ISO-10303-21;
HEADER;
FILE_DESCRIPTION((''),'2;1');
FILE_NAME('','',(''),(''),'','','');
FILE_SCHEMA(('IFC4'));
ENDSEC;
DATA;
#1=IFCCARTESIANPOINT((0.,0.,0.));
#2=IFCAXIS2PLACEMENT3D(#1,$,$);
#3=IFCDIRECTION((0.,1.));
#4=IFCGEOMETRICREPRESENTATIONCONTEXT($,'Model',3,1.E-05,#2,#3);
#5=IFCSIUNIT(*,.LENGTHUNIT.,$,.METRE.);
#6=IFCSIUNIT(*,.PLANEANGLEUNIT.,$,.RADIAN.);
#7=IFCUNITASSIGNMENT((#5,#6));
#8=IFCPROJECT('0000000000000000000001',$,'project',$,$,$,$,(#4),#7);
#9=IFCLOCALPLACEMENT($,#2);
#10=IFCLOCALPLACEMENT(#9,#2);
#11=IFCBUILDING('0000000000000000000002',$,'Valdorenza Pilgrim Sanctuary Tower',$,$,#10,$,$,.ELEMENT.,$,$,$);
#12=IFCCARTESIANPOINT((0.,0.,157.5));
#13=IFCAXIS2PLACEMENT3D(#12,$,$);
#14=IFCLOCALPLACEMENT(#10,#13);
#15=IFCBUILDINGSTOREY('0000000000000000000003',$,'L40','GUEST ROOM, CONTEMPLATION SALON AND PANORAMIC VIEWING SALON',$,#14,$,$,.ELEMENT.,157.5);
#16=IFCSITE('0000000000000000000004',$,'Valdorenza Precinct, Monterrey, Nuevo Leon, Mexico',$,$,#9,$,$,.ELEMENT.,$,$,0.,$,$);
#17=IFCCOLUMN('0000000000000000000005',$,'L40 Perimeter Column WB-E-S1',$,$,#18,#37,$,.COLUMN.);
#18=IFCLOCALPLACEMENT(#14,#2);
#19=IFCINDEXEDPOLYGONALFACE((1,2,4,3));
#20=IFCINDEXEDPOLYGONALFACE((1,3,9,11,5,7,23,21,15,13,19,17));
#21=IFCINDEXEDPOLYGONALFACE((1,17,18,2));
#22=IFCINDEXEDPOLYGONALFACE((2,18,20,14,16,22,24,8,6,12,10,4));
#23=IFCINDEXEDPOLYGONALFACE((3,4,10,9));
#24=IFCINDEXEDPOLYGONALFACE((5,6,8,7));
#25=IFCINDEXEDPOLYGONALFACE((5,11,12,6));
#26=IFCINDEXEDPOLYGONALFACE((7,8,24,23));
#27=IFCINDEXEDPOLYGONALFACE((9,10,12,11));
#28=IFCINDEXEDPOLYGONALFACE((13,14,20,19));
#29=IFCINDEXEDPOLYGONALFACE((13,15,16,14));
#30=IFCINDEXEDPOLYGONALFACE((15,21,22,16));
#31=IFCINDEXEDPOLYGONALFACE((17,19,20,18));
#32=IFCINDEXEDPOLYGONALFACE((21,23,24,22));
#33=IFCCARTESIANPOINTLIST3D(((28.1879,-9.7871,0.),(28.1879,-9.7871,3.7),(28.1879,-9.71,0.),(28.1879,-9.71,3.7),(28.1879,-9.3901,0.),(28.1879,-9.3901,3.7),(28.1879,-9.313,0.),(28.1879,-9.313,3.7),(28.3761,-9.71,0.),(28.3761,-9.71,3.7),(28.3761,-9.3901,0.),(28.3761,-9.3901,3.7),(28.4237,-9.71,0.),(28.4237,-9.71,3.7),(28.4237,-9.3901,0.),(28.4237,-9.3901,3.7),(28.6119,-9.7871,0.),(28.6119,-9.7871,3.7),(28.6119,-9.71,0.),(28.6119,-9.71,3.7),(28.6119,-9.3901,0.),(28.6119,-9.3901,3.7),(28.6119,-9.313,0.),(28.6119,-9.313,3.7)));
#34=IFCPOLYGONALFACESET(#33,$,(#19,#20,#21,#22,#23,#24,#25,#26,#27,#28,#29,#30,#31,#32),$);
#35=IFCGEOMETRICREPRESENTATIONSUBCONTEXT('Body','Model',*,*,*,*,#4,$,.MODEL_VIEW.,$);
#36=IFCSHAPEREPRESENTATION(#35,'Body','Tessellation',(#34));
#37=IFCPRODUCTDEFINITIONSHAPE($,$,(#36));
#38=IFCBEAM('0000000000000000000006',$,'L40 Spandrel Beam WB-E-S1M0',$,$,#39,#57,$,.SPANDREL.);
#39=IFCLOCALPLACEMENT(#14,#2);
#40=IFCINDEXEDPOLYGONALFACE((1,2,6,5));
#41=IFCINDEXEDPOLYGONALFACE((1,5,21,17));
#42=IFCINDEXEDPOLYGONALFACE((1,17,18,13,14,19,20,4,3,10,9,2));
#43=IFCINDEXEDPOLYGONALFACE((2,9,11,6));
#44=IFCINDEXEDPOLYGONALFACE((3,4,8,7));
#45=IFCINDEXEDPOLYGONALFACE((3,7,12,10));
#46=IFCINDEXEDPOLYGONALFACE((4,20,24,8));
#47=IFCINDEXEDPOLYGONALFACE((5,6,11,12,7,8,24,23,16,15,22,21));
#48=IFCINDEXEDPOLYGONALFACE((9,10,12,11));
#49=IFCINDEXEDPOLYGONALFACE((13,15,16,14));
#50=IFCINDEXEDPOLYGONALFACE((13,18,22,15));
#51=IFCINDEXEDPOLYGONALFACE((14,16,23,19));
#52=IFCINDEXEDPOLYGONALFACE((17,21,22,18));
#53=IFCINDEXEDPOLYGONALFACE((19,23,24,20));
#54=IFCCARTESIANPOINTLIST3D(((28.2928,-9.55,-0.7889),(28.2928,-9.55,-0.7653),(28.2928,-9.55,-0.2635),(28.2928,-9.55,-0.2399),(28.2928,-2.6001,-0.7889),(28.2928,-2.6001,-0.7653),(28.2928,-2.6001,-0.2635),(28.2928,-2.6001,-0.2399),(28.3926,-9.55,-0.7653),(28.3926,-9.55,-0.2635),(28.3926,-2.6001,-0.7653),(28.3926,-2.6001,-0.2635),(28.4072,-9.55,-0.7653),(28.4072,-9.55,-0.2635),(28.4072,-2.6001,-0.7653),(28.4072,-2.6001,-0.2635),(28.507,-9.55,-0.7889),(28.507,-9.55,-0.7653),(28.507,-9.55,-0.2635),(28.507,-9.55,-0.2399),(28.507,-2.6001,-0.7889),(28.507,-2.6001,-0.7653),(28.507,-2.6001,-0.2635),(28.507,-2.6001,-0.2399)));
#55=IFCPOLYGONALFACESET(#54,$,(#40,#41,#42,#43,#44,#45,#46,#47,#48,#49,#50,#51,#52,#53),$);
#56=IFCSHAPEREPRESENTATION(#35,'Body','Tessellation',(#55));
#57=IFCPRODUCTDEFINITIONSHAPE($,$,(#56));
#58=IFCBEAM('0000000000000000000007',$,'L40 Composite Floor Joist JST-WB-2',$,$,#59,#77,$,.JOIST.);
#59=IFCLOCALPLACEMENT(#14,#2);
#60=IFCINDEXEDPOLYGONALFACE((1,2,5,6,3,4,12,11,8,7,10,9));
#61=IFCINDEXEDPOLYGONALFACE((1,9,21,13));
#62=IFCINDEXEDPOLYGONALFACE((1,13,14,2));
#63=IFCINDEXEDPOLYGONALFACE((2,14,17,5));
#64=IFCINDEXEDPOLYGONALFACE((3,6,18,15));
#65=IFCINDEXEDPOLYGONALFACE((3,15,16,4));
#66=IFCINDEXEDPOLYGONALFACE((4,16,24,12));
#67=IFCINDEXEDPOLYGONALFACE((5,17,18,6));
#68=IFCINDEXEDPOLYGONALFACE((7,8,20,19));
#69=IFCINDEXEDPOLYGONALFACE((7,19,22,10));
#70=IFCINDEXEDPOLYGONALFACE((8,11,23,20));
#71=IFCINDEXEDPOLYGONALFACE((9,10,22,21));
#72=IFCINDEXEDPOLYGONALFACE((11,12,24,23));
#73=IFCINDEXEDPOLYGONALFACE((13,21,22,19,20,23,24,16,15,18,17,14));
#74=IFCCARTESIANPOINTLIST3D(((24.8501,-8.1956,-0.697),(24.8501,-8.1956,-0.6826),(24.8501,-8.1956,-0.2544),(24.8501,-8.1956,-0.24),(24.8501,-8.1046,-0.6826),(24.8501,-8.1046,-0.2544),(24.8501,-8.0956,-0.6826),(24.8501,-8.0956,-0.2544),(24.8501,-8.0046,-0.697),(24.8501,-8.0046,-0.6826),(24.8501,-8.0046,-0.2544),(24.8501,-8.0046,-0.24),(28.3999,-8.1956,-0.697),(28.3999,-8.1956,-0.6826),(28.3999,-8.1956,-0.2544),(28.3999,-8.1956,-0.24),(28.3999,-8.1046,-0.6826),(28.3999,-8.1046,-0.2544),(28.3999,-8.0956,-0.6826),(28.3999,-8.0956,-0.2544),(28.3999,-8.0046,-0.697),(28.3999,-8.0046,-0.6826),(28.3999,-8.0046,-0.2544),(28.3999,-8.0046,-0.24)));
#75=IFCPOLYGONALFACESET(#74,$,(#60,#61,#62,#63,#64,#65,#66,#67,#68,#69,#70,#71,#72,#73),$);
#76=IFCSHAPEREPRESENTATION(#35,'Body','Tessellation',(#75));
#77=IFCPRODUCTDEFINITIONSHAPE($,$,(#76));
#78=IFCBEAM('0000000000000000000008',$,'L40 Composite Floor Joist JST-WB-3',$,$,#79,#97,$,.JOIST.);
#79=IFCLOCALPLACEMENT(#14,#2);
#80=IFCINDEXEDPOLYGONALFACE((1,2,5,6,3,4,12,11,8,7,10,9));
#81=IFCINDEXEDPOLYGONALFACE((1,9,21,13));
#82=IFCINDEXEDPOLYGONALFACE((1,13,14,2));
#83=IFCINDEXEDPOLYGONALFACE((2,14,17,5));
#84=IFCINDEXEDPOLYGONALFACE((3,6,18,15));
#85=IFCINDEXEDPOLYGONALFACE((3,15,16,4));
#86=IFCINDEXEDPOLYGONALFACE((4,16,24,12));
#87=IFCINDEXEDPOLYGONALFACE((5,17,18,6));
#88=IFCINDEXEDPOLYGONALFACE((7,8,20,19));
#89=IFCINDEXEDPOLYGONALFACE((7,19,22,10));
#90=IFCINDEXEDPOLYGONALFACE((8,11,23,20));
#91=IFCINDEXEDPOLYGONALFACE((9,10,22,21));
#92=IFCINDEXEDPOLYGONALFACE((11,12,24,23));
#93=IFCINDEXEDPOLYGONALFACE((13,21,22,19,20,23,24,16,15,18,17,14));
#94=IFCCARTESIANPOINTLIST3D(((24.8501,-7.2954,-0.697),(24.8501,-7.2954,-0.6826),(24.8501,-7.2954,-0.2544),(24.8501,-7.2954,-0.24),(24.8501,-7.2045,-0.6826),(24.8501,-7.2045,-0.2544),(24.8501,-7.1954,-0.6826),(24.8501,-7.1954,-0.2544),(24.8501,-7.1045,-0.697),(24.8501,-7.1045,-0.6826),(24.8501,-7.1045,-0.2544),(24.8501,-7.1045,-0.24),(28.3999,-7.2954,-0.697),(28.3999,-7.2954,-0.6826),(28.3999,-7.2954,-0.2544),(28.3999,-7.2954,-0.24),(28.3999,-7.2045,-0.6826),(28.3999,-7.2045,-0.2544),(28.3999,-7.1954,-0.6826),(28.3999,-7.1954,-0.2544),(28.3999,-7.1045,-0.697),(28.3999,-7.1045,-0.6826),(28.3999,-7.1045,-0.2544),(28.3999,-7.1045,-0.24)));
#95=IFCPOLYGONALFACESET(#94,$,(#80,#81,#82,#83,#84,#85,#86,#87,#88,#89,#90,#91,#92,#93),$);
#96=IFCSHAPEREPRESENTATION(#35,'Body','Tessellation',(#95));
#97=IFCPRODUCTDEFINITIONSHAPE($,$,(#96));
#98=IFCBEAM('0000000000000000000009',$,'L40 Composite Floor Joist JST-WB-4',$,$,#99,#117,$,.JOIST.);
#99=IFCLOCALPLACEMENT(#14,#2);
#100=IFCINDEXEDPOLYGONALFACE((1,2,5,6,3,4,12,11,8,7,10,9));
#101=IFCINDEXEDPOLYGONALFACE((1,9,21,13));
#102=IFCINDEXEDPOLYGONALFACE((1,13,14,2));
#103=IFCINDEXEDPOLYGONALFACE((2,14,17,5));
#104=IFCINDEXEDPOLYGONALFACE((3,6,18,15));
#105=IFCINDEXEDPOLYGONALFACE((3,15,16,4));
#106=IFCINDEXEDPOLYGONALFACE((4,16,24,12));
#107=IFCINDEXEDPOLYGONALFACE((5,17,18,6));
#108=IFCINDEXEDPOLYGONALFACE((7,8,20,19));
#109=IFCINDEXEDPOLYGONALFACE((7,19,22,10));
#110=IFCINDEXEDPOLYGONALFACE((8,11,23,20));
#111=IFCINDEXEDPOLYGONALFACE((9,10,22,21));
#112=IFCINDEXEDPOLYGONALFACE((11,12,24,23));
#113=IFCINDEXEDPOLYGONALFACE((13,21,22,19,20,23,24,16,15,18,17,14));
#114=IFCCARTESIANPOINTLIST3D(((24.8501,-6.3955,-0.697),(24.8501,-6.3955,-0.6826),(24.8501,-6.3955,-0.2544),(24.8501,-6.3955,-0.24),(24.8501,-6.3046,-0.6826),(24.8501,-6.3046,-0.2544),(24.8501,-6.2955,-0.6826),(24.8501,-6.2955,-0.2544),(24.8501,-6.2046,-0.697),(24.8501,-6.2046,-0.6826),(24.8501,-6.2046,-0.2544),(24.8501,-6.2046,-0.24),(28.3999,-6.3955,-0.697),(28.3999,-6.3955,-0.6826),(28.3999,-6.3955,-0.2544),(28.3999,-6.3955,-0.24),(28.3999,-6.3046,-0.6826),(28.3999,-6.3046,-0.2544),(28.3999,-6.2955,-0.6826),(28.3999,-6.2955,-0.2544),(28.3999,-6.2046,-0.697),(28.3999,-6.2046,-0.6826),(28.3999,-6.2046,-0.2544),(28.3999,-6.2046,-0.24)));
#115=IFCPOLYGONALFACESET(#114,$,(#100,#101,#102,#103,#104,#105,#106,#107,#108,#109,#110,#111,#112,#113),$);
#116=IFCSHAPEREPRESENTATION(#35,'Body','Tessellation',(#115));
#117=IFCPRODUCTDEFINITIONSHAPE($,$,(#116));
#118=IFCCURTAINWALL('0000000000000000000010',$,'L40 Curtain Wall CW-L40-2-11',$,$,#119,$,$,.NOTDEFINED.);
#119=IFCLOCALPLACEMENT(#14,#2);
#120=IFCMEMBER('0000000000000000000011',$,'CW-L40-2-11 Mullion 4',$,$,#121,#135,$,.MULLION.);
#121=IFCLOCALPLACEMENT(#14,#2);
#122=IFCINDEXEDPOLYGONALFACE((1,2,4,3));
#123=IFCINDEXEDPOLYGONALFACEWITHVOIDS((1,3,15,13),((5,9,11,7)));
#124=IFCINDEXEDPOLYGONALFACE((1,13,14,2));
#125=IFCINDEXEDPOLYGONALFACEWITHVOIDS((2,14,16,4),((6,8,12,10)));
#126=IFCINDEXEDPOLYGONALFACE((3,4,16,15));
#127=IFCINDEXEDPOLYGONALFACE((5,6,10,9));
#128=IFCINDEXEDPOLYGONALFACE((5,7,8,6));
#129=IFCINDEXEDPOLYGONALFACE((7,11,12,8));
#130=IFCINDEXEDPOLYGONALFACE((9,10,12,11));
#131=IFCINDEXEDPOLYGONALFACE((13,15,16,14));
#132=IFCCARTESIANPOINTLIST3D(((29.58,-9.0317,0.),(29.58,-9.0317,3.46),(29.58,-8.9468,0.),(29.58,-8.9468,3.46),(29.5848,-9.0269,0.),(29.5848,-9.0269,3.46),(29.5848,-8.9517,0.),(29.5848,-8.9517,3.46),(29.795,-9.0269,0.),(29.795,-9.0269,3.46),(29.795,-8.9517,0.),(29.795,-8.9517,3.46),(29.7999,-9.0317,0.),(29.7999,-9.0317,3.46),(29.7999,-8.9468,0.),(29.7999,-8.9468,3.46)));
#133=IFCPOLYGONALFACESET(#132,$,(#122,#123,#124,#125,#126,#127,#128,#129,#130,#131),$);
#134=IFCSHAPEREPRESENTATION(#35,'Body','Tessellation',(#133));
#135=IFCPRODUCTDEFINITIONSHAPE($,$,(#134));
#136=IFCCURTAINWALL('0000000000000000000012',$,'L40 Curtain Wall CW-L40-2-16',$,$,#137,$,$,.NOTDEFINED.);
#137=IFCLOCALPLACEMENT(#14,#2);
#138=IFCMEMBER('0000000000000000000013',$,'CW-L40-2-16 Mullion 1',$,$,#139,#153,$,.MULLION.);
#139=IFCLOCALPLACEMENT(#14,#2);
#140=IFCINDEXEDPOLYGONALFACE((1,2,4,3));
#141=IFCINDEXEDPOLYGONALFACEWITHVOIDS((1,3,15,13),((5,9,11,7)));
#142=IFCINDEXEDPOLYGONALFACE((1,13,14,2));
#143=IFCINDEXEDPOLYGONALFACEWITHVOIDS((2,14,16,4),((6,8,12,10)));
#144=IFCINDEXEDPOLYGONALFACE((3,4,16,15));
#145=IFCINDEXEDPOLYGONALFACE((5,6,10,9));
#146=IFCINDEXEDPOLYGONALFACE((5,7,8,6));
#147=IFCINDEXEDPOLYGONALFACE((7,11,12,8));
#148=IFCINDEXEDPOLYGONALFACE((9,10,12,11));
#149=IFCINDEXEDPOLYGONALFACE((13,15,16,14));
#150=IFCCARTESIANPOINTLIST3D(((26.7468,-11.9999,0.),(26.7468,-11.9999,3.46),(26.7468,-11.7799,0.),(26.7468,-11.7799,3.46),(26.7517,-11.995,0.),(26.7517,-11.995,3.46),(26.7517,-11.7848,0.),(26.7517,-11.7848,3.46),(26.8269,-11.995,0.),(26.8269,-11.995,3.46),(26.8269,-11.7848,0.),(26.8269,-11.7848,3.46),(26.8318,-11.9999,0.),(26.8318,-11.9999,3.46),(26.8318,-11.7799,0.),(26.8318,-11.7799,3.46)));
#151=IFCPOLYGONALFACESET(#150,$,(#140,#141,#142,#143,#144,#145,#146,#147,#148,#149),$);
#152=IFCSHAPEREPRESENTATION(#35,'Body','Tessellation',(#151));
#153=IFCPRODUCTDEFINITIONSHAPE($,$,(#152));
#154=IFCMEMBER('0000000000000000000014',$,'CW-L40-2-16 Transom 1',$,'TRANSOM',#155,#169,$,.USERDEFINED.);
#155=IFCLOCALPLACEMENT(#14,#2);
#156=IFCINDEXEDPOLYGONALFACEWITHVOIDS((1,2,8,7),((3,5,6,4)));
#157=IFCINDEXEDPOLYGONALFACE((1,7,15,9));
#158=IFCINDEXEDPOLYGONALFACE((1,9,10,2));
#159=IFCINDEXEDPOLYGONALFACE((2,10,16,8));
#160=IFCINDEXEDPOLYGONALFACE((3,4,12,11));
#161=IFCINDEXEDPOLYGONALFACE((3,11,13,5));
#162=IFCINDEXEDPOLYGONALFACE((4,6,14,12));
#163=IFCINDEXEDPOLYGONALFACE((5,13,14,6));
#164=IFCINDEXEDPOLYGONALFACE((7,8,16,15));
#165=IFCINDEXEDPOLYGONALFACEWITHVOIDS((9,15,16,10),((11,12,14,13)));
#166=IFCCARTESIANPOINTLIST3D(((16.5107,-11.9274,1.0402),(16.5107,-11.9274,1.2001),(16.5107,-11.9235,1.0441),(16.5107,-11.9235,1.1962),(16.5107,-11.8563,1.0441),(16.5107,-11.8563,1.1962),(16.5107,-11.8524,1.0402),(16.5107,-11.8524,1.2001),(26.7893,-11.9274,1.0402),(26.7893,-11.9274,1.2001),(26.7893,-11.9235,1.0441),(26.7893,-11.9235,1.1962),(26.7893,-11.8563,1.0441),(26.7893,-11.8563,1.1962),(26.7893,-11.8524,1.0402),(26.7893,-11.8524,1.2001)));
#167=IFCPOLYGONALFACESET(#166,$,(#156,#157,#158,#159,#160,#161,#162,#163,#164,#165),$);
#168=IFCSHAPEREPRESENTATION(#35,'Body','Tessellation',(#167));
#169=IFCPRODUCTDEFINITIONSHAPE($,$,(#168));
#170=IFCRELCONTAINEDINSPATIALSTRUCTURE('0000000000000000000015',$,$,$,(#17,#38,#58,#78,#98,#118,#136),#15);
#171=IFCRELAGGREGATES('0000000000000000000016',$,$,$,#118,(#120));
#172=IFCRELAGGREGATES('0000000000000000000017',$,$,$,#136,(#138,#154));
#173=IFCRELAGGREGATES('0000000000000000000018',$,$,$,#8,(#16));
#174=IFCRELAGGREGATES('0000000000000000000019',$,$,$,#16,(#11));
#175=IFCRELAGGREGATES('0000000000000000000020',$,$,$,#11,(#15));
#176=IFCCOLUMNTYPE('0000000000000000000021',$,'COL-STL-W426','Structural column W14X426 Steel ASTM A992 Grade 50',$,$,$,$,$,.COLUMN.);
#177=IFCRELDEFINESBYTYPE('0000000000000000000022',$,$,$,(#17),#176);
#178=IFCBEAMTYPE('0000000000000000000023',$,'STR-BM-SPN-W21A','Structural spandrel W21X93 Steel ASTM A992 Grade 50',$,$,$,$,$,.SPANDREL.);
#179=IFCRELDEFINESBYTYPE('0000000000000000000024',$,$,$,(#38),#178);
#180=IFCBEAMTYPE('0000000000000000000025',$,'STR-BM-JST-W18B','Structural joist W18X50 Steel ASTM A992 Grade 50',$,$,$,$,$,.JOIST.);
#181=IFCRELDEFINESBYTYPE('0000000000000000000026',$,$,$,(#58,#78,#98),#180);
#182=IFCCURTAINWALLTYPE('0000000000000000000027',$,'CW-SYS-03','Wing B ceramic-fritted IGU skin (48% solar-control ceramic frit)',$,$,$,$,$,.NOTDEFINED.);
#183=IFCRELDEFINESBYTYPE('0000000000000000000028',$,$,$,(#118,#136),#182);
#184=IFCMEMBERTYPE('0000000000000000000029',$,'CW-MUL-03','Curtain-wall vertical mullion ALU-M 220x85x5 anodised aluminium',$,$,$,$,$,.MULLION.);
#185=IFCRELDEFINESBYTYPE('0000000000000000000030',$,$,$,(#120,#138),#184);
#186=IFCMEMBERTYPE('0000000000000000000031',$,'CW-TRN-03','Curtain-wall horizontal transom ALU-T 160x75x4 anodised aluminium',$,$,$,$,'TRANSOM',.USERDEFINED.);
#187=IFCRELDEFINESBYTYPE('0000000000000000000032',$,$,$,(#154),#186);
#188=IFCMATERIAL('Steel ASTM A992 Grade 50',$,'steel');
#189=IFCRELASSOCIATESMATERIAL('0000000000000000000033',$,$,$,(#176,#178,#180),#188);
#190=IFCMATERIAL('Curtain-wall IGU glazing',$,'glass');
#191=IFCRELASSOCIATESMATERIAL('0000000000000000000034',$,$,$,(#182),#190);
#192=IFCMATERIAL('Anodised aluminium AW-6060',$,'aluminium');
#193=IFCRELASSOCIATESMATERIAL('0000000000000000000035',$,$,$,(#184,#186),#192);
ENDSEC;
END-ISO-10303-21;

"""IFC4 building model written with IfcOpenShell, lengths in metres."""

from ifc_helpers import new_model, si_unit, direction, frame, origin, origin_2d, place, context, subcontext, project, spatial, hollow_rectangle, i_section, extrude, source, transform, mapped, material, material_profile, profile_set, type_object, element, aggregate, save


model = new_model("IFC4")

# Units and contexts
model_context = context("Model", 3, precision=1e-05, world=origin(), true_north=direction((0.0, 1.0)))
body_context = subcontext(model_context, "Body", "Model", "MODEL_VIEW")
ifc_project = project(units=[si_unit("LENGTHUNIT", "METRE"), si_unit("PLANEANGLEUNIT", "RADIAN")], contexts=[model_context])

# Site, building, storey
site_placement = place(None, origin())
site = spatial("IfcSite", under=ifc_project, at=site_placement, Name="Valdorenza Precinct, Monterrey, Nuevo Leon, Mexico", CompositionType="ELEMENT", RefElevation=0.0)
building_placement = place(site_placement, origin())
building = spatial("IfcBuilding", under=site, at=building_placement, Name="Valdorenza Pilgrim Sanctuary Tower", CompositionType="ELEMENT")
storey_placement = place(building_placement, frame((0.0, 0.0, 157.5)))
storey = spatial("IfcBuildingStorey", under=building, at=storey_placement, Name="L40", Description="GUEST ROOM, CONTEMPLATION SALON AND PANORAMIC VIEWING SALON", CompositionType="ELEMENT", Elevation=157.5)

# Column
ifc_material_1 = material(Name="Steel ASTM A992 Grade 50", Category="steel")
ifc_material_profile_1 = material_profile(ifc_material_1, i_section(OverallWidth=0.4241, OverallDepth=0.4741, WebThickness=0.0476, FlangeThickness=0.0771, at=origin_2d()), Name="W14X426")
ifc_profile_set_1 = profile_set([ifc_material_profile_1], Name="Steel ASTM A992 Grade 50")
column_type = type_object("IfcColumnType", Name="COL-STL-W426", Description="Structural column W14X426 Steel ASTM A992 Grade 50", PredefinedType="COLUMN", material=ifc_profile_set_1)
shared_shape_1 = source(origin(), body_context, "Body", "SweptSolid", [
    extrude(i_section(OverallWidth=0.4241, OverallDepth=0.4741, WebThickness=0.0476, FlangeThickness=0.0771, at=origin_2d()), origin(), (0.0, 0.0, 1.0), 3.7),
])
column_placement = place(storey_placement, frame((28.3999, -9.55, 0.0), z_axis=(0.0, 0.0, 1.0), x_axis=(1.0, 0.0, 0.0)))
element("IfcColumn", 1, at=column_placement, inside=storey, type_object=column_type, Name="L40 Perimeter Column WB-E-S1", PredefinedType="COLUMN", context=body_context, shape_type="MappedRepresentation", body=[
    mapped(shared_shape_1, transform((0.0, 0.0, 0.0), x_axis=(1.0, 0.0, 0.0), y_axis=(0.0, 1.0, 0.0), z_axis=(0.0, 0.0, 1.0), scale=1.0)),
])

# Beams
ifc_material_profile_2 = material_profile(ifc_material_1, i_section(OverallWidth=0.2141, OverallDepth=0.5491, WebThickness=0.0146, FlangeThickness=0.0237, at=origin_2d()), Name="W21X93")
ifc_profile_set_2 = profile_set([ifc_material_profile_2], Name="Steel ASTM A992 Grade 50")
beam_type_1 = type_object("IfcBeamType", Name="STR-BM-SPN-W21A", Description="Structural spandrel W21X93 Steel ASTM A992 Grade 50", PredefinedType="SPANDREL", material=ifc_profile_set_2)
shared_shape_2 = source(origin(), body_context, "Body", "SweptSolid", [
    extrude(i_section(OverallWidth=0.2141, OverallDepth=0.5491, WebThickness=0.0146, FlangeThickness=0.0237, at=origin_2d()), origin(), (0.0, 0.0, 1.0), 6.95),
])
beam_placement = place(storey_placement, frame((28.3999, -9.55, -0.5144), z_axis=(0.0, 1.0, 0.0), x_axis=(-1.0, 0.0, 0.0)))
element("IfcBeam", 2, at=beam_placement, inside=storey, type_object=beam_type_1, Name="L40 Spandrel Beam WB-E-S1M0", PredefinedType="SPANDREL", context=body_context, shape_type="MappedRepresentation", body=[
    mapped(shared_shape_2, transform((0.0, 0.0, 0.0), x_axis=(1.0, 0.0, 0.0), y_axis=(0.0, 1.0, 0.0), z_axis=(0.0, 0.0, 1.0), scale=1.0)),
])
ifc_material_profile_3 = material_profile(ifc_material_1, i_section(OverallWidth=0.1909, OverallDepth=0.457, WebThickness=0.009, FlangeThickness=0.0144, at=origin_2d()), Name="W18X50")
ifc_profile_set_3 = profile_set([ifc_material_profile_3], Name="Steel ASTM A992 Grade 50")
beam_type_2 = type_object("IfcBeamType", Name="STR-BM-JST-W18B", Description="Structural joist W18X50 Steel ASTM A992 Grade 50", PredefinedType="JOIST", material=ifc_profile_set_3)
shared_shape_3 = source(origin(), body_context, "Body", "SweptSolid", [
    extrude(i_section(OverallWidth=0.1909, OverallDepth=0.457, WebThickness=0.009, FlangeThickness=0.0144, at=origin_2d()), origin(), (0.0, 0.0, 1.0), 3.5498),
])
for number, where, z_axis, x_axis, name in (
    (3, (24.8501, -8.1001, -0.4685), (1.0, 0.0, 0.0), (0.0, 1.0, 0.0), "L40 Composite Floor Joist JST-WB-2"),
    (4, (24.8501, -7.2, -0.4685), (1.0, 0.0, 0.0), (0.0, 1.0, 0.0), "L40 Composite Floor Joist JST-WB-3"),
    (5, (24.8501, -6.3, -0.4685), (1.0, 0.0, 0.0), (0.0, 1.0, 0.0), "L40 Composite Floor Joist JST-WB-4"),
):
    element("IfcBeam", number, at=place(storey_placement, frame(where, z_axis=z_axis, x_axis=x_axis)), inside=storey, type_object=beam_type_2, Name=name, PredefinedType="JOIST", context=body_context, shape_type="MappedRepresentation", body=[
        mapped(shared_shape_3, transform((0.0, 0.0, 0.0), x_axis=(1.0, 0.0, 0.0), y_axis=(0.0, 1.0, 0.0), z_axis=(0.0, 0.0, 1.0), scale=1.0)),
    ])

# Curtain wall, member
ifc_material_2 = material(Name="Curtain-wall IGU glazing", Category="glass")
curtain_wall_type = type_object("IfcCurtainWallType", Name="CW-SYS-03", Description="Wing B ceramic-fritted IGU skin (48% solar-control ceramic frit)", PredefinedType="NOTDEFINED", material=ifc_material_2)
curtain_wall_1_placement = place(storey_placement, origin())
curtain_wall_1 = element("IfcCurtainWall", 6, at=curtain_wall_1_placement, inside=storey, type_object=curtain_wall_type, Name="L40 Curtain Wall CW-L40-2-11", PredefinedType="NOTDEFINED")
ifc_material_3 = material(Name="Anodised aluminium AW-6060", Category="aluminium")
ifc_material_profile_4 = material_profile(ifc_material_3, hollow_rectangle(XDim=0.085, YDim=0.22, WallThickness=0.0049, at=origin_2d()), Name="ALU-M 220x85x5")
ifc_profile_set_4 = profile_set([ifc_material_profile_4], Name="Anodised aluminium AW-6060")
member_type_1 = type_object("IfcMemberType", Name="CW-MUL-03", Description="Curtain-wall vertical mullion ALU-M 220x85x5 anodised aluminium", PredefinedType="MULLION", material=ifc_profile_set_4)
shared_shape_4 = source(origin(), body_context, "Body", "SweptSolid", [
    extrude(hollow_rectangle(XDim=0.085, YDim=0.22, WallThickness=0.0049, at=origin_2d()), origin(), (0.0, 0.0, 1.0), 3.46),
])
member_1_placement = place(storey_placement, frame((29.6899, -8.9893, 0.0), z_axis=(0.0, 0.0, 1.0), x_axis=(0.0, -1.0, 0.0)))
member_1 = element("IfcMember", 7, at=member_1_placement, type_object=member_type_1, Name="CW-L40-2-11 Mullion 4", PredefinedType="MULLION", context=body_context, shape_type="MappedRepresentation", body=[
    mapped(shared_shape_4, transform((0.0, 0.0, 0.0), x_axis=(1.0, 0.0, 0.0), y_axis=(0.0, 1.0, 0.0), z_axis=(0.0, 0.0, 1.0), scale=1.0)),
])
aggregate(curtain_wall_1, [member_1])

# Curtain wall, members
curtain_wall_2_placement = place(storey_placement, origin())
curtain_wall_2 = element("IfcCurtainWall", 8, at=curtain_wall_2_placement, inside=storey, type_object=curtain_wall_type, Name="L40 Curtain Wall CW-L40-2-16", PredefinedType="NOTDEFINED")
member_2_placement = place(storey_placement, frame((26.7893, -11.8899, 0.0), z_axis=(0.0, 0.0, 1.0), x_axis=(-1.0, 0.0, 0.0)))
member_2 = element("IfcMember", 9, at=member_2_placement, type_object=member_type_1, Name="CW-L40-2-16 Mullion 1", PredefinedType="MULLION", context=body_context, shape_type="MappedRepresentation", body=[
    mapped(shared_shape_4, transform((0.0, 0.0, 0.0), x_axis=(1.0, 0.0, 0.0), y_axis=(0.0, 1.0, 0.0), z_axis=(0.0, 0.0, 1.0), scale=1.0)),
])
ifc_material_profile_5 = material_profile(ifc_material_3, hollow_rectangle(XDim=0.075, YDim=0.1599, WallThickness=0.0039, at=origin_2d()), Name="ALU-T 160x75x4")
ifc_profile_set_5 = profile_set([ifc_material_profile_5], Name="Anodised aluminium AW-6060")
member_type_2 = type_object("IfcMemberType", Name="CW-TRN-03", Description="Curtain-wall horizontal transom ALU-T 160x75x4 anodised aluminium", ElementType="TRANSOM", PredefinedType="USERDEFINED", material=ifc_profile_set_5)
shared_shape_5 = source(origin(), body_context, "Body", "SweptSolid", [
    extrude(hollow_rectangle(XDim=0.075, YDim=0.1599, WallThickness=0.0039, at=origin_2d()), origin(), (0.0, 0.0, 1.0), 10.2786),
])
member_3_placement = place(storey_placement, frame((26.7893, -11.8899, 1.1201), z_axis=(-1.0, 0.0, 0.0), x_axis=(0.0, -1.0, 0.0)))
member_3 = element("IfcMember", 10, at=member_3_placement, type_object=member_type_2, Name="CW-L40-2-16 Transom 1", ObjectType="TRANSOM", PredefinedType="USERDEFINED", context=body_context, shape_type="MappedRepresentation", body=[
    mapped(shared_shape_5, transform((0.0, 0.0, 0.0), x_axis=(1.0, 0.0, 0.0), y_axis=(0.0, 1.0, 0.0), z_axis=(0.0, 0.0, 1.0), scale=1.0)),
])
aggregate(curtain_wall_2, [member_2, member_3])

save(model, "model.ifc")
